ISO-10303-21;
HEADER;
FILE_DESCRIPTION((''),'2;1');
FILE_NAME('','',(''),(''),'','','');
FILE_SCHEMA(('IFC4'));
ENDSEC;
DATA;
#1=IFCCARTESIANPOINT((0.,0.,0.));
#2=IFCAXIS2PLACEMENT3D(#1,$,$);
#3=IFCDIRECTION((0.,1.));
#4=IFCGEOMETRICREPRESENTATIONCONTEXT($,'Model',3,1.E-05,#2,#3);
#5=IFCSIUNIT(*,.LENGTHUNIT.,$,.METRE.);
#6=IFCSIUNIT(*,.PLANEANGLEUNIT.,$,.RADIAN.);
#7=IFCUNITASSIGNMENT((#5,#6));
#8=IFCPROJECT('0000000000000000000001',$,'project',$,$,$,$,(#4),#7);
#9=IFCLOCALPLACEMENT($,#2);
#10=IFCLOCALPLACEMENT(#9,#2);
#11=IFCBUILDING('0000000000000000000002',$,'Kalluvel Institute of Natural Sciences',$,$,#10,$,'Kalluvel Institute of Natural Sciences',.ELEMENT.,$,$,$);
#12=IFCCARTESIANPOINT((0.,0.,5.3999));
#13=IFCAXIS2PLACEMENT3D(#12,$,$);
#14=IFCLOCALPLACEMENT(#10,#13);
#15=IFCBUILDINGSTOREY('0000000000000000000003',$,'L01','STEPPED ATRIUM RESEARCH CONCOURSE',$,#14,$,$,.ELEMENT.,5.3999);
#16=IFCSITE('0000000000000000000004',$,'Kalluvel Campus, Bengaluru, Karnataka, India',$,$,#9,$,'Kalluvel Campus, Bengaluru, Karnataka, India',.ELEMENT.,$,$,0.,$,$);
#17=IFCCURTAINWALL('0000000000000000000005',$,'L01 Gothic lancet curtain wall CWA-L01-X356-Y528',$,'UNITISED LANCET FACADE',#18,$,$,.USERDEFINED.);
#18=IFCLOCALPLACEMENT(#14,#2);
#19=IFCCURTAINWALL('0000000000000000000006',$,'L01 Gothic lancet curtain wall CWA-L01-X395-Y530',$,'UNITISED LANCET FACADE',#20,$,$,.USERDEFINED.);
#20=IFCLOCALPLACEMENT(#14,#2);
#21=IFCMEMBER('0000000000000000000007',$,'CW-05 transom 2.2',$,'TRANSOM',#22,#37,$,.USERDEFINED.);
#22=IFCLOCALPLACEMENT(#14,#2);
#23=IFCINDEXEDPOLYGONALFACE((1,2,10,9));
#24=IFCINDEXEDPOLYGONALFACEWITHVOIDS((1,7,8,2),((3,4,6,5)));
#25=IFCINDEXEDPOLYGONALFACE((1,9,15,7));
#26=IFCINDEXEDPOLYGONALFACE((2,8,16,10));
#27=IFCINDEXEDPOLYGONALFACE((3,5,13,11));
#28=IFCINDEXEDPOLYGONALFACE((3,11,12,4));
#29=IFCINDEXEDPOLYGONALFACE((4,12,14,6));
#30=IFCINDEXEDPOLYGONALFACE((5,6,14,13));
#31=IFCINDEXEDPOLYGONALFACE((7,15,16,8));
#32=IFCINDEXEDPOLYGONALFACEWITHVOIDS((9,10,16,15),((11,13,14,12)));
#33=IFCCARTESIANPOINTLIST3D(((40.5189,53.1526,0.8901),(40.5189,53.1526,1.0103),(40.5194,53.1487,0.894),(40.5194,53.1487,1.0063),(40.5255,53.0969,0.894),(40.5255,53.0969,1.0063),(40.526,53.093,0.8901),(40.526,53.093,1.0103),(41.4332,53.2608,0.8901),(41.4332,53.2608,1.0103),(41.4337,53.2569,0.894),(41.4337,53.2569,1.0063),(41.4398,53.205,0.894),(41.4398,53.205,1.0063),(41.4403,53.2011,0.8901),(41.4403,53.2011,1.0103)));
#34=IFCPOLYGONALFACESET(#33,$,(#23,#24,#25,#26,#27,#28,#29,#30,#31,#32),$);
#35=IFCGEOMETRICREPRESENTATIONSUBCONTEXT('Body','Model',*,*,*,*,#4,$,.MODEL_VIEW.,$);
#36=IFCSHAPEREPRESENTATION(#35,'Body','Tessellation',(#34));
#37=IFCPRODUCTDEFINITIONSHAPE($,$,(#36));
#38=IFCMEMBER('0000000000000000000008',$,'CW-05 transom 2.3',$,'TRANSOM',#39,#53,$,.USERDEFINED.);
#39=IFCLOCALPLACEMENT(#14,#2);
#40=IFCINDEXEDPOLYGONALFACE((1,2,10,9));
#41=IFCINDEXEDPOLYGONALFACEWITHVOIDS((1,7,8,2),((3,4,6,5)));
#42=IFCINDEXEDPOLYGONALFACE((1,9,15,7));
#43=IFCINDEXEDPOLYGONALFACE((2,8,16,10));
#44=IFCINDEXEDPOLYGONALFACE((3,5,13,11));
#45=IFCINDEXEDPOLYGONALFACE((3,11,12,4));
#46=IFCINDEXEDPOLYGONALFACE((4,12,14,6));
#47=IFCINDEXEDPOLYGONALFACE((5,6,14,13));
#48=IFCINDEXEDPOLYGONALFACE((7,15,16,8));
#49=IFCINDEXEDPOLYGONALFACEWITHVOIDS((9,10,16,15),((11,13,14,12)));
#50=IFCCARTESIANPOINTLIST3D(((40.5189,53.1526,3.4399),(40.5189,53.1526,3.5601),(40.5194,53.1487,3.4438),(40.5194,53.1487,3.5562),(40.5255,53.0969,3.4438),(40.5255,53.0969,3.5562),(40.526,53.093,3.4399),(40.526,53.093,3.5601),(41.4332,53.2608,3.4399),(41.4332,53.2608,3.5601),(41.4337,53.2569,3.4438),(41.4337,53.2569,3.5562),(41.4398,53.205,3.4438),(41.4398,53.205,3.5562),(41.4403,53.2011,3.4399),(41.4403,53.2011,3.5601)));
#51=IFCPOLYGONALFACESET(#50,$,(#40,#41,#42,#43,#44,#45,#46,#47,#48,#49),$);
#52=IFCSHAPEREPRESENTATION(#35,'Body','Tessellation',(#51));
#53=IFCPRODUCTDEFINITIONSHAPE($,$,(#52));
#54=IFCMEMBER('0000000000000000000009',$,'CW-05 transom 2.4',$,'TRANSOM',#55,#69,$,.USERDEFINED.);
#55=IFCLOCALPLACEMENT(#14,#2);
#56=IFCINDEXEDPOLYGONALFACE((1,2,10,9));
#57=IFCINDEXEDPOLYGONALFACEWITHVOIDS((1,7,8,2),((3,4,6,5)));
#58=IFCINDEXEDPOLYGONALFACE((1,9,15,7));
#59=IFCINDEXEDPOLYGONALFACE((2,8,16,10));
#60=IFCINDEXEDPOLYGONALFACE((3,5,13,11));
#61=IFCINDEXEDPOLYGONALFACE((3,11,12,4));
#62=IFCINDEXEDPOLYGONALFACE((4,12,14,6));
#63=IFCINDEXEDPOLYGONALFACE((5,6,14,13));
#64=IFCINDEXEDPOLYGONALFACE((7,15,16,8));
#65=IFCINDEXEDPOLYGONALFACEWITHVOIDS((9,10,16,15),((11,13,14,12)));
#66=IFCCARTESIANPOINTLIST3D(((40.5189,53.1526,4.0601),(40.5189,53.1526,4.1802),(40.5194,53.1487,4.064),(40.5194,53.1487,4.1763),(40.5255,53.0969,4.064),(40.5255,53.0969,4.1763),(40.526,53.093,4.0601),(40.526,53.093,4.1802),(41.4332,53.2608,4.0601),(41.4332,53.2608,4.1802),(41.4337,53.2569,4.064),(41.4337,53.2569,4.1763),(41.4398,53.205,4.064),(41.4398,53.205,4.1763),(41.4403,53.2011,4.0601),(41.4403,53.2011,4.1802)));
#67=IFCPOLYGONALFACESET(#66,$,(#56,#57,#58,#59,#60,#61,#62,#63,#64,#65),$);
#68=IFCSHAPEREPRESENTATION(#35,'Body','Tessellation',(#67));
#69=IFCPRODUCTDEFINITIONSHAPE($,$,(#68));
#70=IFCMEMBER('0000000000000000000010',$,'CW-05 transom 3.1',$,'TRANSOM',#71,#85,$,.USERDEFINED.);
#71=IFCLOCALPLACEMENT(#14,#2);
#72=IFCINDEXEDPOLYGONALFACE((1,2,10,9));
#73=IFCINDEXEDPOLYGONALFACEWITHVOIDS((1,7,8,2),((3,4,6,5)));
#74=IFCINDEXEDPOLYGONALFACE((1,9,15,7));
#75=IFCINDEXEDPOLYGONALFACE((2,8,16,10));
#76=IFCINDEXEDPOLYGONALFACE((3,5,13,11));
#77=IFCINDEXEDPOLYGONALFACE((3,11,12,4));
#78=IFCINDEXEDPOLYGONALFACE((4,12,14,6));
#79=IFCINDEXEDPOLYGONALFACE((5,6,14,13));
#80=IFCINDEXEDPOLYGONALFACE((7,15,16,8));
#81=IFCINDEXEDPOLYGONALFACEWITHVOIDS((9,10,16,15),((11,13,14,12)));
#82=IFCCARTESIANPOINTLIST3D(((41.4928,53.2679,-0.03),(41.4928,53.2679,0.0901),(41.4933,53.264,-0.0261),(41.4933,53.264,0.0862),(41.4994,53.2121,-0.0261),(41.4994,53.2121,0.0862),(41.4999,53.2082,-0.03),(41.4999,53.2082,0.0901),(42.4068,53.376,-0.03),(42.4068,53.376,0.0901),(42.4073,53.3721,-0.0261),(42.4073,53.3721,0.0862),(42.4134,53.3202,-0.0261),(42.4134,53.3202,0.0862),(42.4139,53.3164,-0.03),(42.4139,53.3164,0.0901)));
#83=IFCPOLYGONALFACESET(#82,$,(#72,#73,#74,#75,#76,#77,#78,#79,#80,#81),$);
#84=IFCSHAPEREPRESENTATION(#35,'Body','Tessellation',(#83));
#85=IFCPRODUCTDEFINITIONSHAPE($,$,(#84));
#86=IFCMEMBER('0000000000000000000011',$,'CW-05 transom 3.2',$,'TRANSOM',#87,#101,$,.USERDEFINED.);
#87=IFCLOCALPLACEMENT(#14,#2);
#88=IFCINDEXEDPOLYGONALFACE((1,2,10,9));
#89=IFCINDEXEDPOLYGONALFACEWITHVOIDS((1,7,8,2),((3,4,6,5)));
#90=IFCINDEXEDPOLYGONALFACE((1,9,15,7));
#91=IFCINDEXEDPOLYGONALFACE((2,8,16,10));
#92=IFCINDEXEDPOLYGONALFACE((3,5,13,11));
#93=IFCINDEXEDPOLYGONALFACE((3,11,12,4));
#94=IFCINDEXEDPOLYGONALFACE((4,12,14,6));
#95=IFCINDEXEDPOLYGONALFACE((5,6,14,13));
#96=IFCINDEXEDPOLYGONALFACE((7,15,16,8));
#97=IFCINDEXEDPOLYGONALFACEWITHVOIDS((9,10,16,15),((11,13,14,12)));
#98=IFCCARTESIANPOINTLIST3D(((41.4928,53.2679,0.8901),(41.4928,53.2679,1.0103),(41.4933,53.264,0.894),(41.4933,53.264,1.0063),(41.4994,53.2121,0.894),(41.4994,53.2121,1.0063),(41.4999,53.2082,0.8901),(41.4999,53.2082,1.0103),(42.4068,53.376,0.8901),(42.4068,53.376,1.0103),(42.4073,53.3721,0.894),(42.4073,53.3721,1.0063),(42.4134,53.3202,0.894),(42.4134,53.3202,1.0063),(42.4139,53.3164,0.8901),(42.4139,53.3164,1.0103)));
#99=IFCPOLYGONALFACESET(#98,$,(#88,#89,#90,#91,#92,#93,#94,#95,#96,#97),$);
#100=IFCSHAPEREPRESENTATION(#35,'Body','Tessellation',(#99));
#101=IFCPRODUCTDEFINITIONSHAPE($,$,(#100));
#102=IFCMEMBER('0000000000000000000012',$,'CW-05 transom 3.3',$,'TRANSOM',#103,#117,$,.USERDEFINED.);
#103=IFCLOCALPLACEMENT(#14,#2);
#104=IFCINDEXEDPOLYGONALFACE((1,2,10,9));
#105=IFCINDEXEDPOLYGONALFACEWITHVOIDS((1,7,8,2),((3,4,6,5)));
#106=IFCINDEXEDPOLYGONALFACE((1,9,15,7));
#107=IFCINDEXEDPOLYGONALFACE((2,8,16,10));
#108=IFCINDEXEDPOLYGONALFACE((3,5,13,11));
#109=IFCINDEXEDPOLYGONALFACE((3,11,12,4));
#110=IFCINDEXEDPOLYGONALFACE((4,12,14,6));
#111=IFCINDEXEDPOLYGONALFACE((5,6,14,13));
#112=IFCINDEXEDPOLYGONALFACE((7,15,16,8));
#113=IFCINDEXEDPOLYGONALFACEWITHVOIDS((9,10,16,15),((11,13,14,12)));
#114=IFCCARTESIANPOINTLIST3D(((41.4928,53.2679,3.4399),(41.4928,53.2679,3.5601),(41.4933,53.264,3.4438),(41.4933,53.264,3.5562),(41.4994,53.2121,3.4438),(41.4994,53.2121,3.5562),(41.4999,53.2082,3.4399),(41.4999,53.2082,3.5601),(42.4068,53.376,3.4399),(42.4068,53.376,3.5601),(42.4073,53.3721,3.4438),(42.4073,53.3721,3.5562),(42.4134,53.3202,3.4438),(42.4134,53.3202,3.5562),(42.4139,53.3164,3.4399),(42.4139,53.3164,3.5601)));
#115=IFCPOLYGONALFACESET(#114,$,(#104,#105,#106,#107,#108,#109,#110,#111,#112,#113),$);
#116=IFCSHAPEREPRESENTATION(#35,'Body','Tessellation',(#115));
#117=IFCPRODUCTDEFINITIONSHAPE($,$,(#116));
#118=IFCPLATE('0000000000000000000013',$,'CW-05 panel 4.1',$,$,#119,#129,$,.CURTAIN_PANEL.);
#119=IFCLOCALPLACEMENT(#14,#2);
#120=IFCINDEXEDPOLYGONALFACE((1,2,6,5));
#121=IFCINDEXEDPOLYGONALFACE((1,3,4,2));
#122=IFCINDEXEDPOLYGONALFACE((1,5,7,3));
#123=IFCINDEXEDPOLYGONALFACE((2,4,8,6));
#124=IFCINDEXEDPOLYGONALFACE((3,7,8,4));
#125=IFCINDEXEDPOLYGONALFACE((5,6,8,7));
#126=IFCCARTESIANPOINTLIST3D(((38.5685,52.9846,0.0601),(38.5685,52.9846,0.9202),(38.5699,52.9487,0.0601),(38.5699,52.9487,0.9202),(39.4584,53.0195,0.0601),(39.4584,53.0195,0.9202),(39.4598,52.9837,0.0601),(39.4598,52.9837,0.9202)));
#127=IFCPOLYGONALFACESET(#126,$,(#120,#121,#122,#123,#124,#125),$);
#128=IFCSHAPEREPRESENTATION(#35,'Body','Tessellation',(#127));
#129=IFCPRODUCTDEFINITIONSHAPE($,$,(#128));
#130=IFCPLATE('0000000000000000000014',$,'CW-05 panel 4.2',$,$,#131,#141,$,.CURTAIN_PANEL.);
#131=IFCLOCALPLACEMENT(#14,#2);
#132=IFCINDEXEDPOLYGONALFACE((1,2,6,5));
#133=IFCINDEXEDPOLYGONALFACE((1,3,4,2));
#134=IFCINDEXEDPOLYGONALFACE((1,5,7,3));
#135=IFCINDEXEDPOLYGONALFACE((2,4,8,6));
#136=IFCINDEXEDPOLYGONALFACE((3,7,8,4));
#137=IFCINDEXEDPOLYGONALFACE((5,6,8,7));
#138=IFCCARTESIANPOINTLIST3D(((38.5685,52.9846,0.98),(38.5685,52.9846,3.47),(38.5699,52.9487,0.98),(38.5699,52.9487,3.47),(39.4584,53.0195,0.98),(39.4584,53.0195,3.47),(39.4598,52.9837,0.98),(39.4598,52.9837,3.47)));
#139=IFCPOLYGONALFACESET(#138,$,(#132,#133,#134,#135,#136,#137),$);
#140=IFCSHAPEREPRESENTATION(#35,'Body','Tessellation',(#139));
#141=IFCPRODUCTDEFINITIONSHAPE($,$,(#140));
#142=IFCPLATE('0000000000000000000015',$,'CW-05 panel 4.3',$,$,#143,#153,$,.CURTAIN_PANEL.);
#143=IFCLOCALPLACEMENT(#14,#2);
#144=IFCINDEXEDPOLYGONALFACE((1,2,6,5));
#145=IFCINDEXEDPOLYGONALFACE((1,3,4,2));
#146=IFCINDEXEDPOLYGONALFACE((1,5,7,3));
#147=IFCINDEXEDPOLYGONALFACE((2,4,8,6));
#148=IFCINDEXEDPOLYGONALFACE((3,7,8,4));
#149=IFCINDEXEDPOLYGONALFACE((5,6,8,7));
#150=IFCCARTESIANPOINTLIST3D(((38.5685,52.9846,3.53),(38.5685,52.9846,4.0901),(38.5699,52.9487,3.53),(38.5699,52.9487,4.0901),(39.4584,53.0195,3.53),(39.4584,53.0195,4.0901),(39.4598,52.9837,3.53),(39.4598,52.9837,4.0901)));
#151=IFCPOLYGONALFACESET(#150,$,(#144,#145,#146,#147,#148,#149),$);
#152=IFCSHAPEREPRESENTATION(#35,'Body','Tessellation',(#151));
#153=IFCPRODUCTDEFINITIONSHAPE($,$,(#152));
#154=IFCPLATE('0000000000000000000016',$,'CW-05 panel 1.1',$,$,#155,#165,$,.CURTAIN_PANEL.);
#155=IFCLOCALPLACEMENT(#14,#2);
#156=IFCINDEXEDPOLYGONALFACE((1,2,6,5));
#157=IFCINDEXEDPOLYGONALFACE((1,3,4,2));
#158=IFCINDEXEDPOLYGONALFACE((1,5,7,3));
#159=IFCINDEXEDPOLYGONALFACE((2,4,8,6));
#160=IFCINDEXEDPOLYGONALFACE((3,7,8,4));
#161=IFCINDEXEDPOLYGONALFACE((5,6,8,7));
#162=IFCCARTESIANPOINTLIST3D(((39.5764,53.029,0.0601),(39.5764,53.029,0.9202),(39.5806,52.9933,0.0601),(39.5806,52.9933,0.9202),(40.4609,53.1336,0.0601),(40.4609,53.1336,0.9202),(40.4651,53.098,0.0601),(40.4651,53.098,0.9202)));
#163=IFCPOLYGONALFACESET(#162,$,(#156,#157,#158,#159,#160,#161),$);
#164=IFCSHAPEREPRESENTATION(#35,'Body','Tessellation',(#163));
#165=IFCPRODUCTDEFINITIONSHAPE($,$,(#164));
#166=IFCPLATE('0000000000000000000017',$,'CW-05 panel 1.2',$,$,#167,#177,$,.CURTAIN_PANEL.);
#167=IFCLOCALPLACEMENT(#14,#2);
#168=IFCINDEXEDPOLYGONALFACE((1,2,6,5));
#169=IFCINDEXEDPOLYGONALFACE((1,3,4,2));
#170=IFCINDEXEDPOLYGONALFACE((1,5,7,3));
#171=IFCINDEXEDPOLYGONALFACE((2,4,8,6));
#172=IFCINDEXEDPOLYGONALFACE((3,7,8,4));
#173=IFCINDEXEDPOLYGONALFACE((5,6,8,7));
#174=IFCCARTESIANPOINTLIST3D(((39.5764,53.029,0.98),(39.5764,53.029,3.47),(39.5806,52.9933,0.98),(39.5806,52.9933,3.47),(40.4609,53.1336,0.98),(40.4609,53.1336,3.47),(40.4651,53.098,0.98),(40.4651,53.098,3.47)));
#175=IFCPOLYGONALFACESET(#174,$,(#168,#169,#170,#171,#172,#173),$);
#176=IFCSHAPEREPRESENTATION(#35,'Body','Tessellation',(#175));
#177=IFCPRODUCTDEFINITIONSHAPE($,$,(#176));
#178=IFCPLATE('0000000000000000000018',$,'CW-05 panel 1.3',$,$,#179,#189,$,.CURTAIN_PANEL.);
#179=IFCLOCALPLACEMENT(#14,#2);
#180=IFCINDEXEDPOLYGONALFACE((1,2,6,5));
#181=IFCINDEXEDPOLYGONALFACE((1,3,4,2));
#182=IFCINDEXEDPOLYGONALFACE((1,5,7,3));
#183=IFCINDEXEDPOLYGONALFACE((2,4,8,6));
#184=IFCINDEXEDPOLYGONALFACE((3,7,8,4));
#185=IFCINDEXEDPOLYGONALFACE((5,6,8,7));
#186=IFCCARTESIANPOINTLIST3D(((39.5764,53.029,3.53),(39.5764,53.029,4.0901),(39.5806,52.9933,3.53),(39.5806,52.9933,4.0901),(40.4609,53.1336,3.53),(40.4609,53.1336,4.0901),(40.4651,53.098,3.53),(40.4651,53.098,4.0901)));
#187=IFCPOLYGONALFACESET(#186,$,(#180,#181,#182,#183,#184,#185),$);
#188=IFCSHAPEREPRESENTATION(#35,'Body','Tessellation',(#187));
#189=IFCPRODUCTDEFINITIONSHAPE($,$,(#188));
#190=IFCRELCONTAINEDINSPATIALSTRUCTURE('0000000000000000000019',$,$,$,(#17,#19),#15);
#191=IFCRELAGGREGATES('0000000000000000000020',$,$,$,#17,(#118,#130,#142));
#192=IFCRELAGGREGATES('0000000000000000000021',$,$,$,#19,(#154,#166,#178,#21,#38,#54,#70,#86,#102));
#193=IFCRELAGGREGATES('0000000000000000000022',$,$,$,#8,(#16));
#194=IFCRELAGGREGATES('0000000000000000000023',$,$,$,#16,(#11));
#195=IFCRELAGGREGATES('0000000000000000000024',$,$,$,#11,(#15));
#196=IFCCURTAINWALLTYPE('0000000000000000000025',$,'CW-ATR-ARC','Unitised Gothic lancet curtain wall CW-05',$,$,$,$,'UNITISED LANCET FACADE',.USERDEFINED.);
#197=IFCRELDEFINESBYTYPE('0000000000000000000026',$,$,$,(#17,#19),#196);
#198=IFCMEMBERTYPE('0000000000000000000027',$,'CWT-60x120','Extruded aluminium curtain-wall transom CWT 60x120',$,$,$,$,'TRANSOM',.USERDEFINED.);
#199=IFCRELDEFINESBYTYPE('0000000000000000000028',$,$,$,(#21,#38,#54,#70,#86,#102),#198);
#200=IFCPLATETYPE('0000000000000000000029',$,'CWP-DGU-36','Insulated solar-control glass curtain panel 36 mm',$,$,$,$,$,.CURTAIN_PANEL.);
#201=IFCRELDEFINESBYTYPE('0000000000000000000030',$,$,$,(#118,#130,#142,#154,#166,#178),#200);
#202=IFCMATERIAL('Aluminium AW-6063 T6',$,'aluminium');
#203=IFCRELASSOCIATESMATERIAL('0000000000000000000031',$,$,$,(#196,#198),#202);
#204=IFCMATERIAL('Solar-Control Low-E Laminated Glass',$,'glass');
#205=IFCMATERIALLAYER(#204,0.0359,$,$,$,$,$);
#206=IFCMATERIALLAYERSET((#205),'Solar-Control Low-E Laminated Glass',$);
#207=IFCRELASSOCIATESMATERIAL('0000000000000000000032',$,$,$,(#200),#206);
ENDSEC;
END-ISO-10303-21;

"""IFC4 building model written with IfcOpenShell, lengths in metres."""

from ifc_helpers import new_model, si_unit, direction, frame, origin, origin_2d, place, context, subcontext, project, spatial, rectangle, hollow_rectangle, extrude, material, layer, layer_set, material_profile, profile_set, type_object, element, aggregate, save


model = new_model("IFC4")

# Units and contexts
model_context = context("Model", 3, precision=1e-05, world=origin(), true_north=direction((0.0, 1.0)))
body_context = subcontext(model_context, "Body", "Model", "MODEL_VIEW")
ifc_project = project(units=[si_unit("LENGTHUNIT", "METRE"), si_unit("PLANEANGLEUNIT", "RADIAN")], contexts=[model_context])

# Site, building, storey
site_placement = place(None, origin())
site = spatial("IfcSite", under=ifc_project, at=site_placement, Name="Kalluvel Campus, Bengaluru, Karnataka, India", LongName="Kalluvel Campus, Bengaluru, Karnataka, India", CompositionType="ELEMENT", RefElevation=0.0)
building_placement = place(site_placement, origin())
building = spatial("IfcBuilding", under=site, at=building_placement, Name="Kalluvel Institute of Natural Sciences", LongName="Kalluvel Institute of Natural Sciences", CompositionType="ELEMENT")
storey_placement = place(building_placement, frame((0.0, 0.0, 5.3999)))
storey = spatial("IfcBuildingStorey", under=building, at=storey_placement, Name="L01", Description="STEPPED ATRIUM RESEARCH CONCOURSE", CompositionType="ELEMENT", Elevation=5.3999)

# Curtain wall
ifc_material_1 = material(Name="Aluminium AW-6063 T6", Category="aluminium")
curtain_wall_type = type_object("IfcCurtainWallType", Name="CW-ATR-ARC", Description="Unitised Gothic lancet curtain wall CW-05", ElementType="UNITISED LANCET FACADE", PredefinedType="USERDEFINED", material=ifc_material_1)
curtain_wall_1_placement = place(storey_placement, origin())
curtain_wall_1 = element("IfcCurtainWall", 1, at=curtain_wall_1_placement, inside=storey, type_object=curtain_wall_type, Name="L01 Gothic lancet curtain wall CWA-L01-X356-Y528", ObjectType="UNITISED LANCET FACADE", PredefinedType="USERDEFINED")

# Curtain wall
curtain_wall_2_placement = place(storey_placement, origin())
curtain_wall_2 = element("IfcCurtainWall", 2, at=curtain_wall_2_placement, inside=storey, type_object=curtain_wall_type, Name="L01 Gothic lancet curtain wall CWA-L01-X395-Y530", ObjectType="UNITISED LANCET FACADE", PredefinedType="USERDEFINED")

# Members
ifc_material_profile_1 = material_profile(ifc_material_1, hollow_rectangle(XDim=0.0601, YDim=0.1201, WallThickness=0.0039, at=origin_2d()), Name="CWT 60x120")
ifc_profile_set_1 = profile_set([ifc_material_profile_1], Name="Aluminium AW-6063 T6")
member_type_1 = type_object("IfcMemberType", Name="CWT-60x120", Description="Extruded aluminium curtain-wall transom CWT 60x120", ElementType="TRANSOM", PredefinedType="USERDEFINED", material=ifc_profile_set_1)
member_1_placement = place(storey_placement, frame((40.5225, 53.1228, 0.9502), z_axis=(0.993076, 0.117472, 0.0), x_axis=(-0.117472, 0.993076, 0.0)))
member_1 = element("IfcMember", 3, at=member_1_placement, type_object=member_type_1, Name="CW-05 transom 2.2", ObjectType="TRANSOM", PredefinedType="USERDEFINED", context=body_context, shape_type="SweptSolid", body=[
    extrude(hollow_rectangle(XDim=0.0601, YDim=0.1201, WallThickness=0.0039, at=origin_2d()), origin(), (0.0, 0.0, 1.0), 0.9207),
])
member_2_placement = place(storey_placement, frame((40.5225, 53.1228, 3.5), z_axis=(0.993076, 0.117472, 0.0), x_axis=(-0.117472, 0.993076, 0.0)))
member_2 = element("IfcMember", 4, at=member_2_placement, type_object=member_type_1, Name="CW-05 transom 2.3", ObjectType="TRANSOM", PredefinedType="USERDEFINED", context=body_context, shape_type="SweptSolid", body=[
    extrude(hollow_rectangle(XDim=0.0601, YDim=0.1201, WallThickness=0.0039, at=origin_2d()), origin(), (0.0, 0.0, 1.0), 0.9207),
])
member_3_placement = place(storey_placement, frame((40.5225, 53.1228, 4.1201), z_axis=(0.993076, 0.117472, 0.0), x_axis=(-0.117472, 0.993076, 0.0)))
member_3 = element("IfcMember", 5, at=member_3_placement, type_object=member_type_1, Name="CW-05 transom 2.4", ObjectType="TRANSOM", PredefinedType="USERDEFINED", context=body_context, shape_type="SweptSolid", body=[
    extrude(hollow_rectangle(XDim=0.0601, YDim=0.1201, WallThickness=0.0039, at=origin_2d()), origin(), (0.0, 0.0, 1.0), 0.9207),
])
member_4_placement = place(storey_placement, frame((41.4963, 53.238, 0.03), z_axis=(0.993073, 0.117503, 0.0), x_axis=(-0.117503, 0.993073, 0.0)))
member_4 = element("IfcMember", 6, at=member_4_placement, type_object=member_type_1, Name="CW-05 transom 3.1", ObjectType="TRANSOM", PredefinedType="USERDEFINED", context=body_context, shape_type="SweptSolid", body=[
    extrude(hollow_rectangle(XDim=0.0601, YDim=0.1201, WallThickness=0.0039, at=origin_2d()), origin(), (0.0, 0.0, 1.0), 0.9204),
])
member_5_placement = place(storey_placement, frame((41.4963, 53.238, 0.9502), z_axis=(0.993073, 0.117503, 0.0), x_axis=(-0.117503, 0.993073, 0.0)))
member_5 = element("IfcMember", 7, at=member_5_placement, type_object=member_type_1, Name="CW-05 transom 3.2", ObjectType="TRANSOM", PredefinedType="USERDEFINED", context=body_context, shape_type="SweptSolid", body=[
    extrude(hollow_rectangle(XDim=0.0601, YDim=0.1201, WallThickness=0.0039, at=origin_2d()), origin(), (0.0, 0.0, 1.0), 0.9204),
])
member_6_placement = place(storey_placement, frame((41.4963, 53.238, 3.5), z_axis=(0.993073, 0.117503, 0.0), x_axis=(-0.117503, 0.993073, 0.0)))
member_6 = element("IfcMember", 8, at=member_6_placement, type_object=member_type_1, Name="CW-05 transom 3.3", ObjectType="TRANSOM", PredefinedType="USERDEFINED", context=body_context, shape_type="SweptSolid", body=[
    extrude(hollow_rectangle(XDim=0.0601, YDim=0.1201, WallThickness=0.0039, at=origin_2d()), origin(), (0.0, 0.0, 1.0), 0.9204),
])

# Plates
ifc_material_2 = material(Name="Solar-Control Low-E Laminated Glass", Category="glass")
ifc_layer = layer(ifc_material_2, 0.0359)
ifc_layer_set = layer_set([ifc_layer], Name="Solar-Control Low-E Laminated Glass")
plate_type = type_object("IfcPlateType", Name="CWP-DGU-36", Description="Insulated solar-control glass curtain panel 36 mm", PredefinedType="CURTAIN_PANEL", material=ifc_layer_set)
plate_1_placement = place(storey_placement, frame((39.0142, 52.9841, 0.0601), z_axis=(0.0, 0.0, 1.0), x_axis=(0.999229, 0.039265, 0.0)))
plate_1 = element("IfcPlate", 9, at=plate_1_placement, type_object=plate_type, Name="CW-05 panel 4.1", PredefinedType="CURTAIN_PANEL", context=body_context, shape_type="SweptSolid", body=[
    extrude(rectangle(XDim=0.8906, YDim=0.0359, at=origin_2d()), origin(), (0.0, 0.0, 1.0), 0.8601),
])
plate_2_placement = place(storey_placement, frame((39.0142, 52.9841, 0.98), z_axis=(0.0, 0.0, 1.0), x_axis=(0.999229, 0.039265, 0.0)))
plate_2 = element("IfcPlate", 10, at=plate_2_placement, type_object=plate_type, Name="CW-05 panel 4.2", PredefinedType="CURTAIN_PANEL", context=body_context, shape_type="SweptSolid", body=[
    extrude(rectangle(XDim=0.8906, YDim=0.0359, at=origin_2d()), origin(), (0.0, 0.0, 1.0), 2.49),
])
plate_3_placement = place(storey_placement, frame((39.0142, 52.9841, 3.53), z_axis=(0.0, 0.0, 1.0), x_axis=(0.999229, 0.039265, 0.0)))
plate_3 = element("IfcPlate", 11, at=plate_3_placement, type_object=plate_type, Name="CW-05 panel 4.3", PredefinedType="CURTAIN_PANEL", context=body_context, shape_type="SweptSolid", body=[
    extrude(rectangle(XDim=0.8906, YDim=0.0359, at=origin_2d()), origin(), (0.0, 0.0, 1.0), 0.5601),
])
aggregate(curtain_wall_1, [plate_1, plate_2, plate_3])
plate_4_placement = place(storey_placement, frame((40.0208, 53.0635, 0.0601), z_axis=(0.0, 0.0, 1.0), x_axis=(0.993068, 0.117539, 0.0)))
plate_4 = element("IfcPlate", 12, at=plate_4_placement, type_object=plate_type, Name="CW-05 panel 1.1", PredefinedType="CURTAIN_PANEL", context=body_context, shape_type="SweptSolid", body=[
    extrude(rectangle(XDim=0.8906, YDim=0.0359, at=origin_2d()), origin(), (0.0, 0.0, 1.0), 0.8601),
])
plate_5_placement = place(storey_placement, frame((40.0208, 53.0635, 0.98), z_axis=(0.0, 0.0, 1.0), x_axis=(0.993068, 0.117539, 0.0)))
plate_5 = element("IfcPlate", 13, at=plate_5_placement, type_object=plate_type, Name="CW-05 panel 1.2", PredefinedType="CURTAIN_PANEL", context=body_context, shape_type="SweptSolid", body=[
    extrude(rectangle(XDim=0.8906, YDim=0.0359, at=origin_2d()), origin(), (0.0, 0.0, 1.0), 2.49),
])
plate_6_placement = place(storey_placement, frame((40.0208, 53.0635, 3.53), z_axis=(0.0, 0.0, 1.0), x_axis=(0.993068, 0.117539, 0.0)))
plate_6 = element("IfcPlate", 14, at=plate_6_placement, type_object=plate_type, Name="CW-05 panel 1.3", PredefinedType="CURTAIN_PANEL", context=body_context, shape_type="SweptSolid", body=[
    extrude(rectangle(XDim=0.8906, YDim=0.0359, at=origin_2d()), origin(), (0.0, 0.0, 1.0), 0.5601),
])
aggregate(curtain_wall_2, [plate_4, plate_5, plate_6, member_1, member_2, member_3, member_4, member_5, member_6])

save(model, "model.ifc")
